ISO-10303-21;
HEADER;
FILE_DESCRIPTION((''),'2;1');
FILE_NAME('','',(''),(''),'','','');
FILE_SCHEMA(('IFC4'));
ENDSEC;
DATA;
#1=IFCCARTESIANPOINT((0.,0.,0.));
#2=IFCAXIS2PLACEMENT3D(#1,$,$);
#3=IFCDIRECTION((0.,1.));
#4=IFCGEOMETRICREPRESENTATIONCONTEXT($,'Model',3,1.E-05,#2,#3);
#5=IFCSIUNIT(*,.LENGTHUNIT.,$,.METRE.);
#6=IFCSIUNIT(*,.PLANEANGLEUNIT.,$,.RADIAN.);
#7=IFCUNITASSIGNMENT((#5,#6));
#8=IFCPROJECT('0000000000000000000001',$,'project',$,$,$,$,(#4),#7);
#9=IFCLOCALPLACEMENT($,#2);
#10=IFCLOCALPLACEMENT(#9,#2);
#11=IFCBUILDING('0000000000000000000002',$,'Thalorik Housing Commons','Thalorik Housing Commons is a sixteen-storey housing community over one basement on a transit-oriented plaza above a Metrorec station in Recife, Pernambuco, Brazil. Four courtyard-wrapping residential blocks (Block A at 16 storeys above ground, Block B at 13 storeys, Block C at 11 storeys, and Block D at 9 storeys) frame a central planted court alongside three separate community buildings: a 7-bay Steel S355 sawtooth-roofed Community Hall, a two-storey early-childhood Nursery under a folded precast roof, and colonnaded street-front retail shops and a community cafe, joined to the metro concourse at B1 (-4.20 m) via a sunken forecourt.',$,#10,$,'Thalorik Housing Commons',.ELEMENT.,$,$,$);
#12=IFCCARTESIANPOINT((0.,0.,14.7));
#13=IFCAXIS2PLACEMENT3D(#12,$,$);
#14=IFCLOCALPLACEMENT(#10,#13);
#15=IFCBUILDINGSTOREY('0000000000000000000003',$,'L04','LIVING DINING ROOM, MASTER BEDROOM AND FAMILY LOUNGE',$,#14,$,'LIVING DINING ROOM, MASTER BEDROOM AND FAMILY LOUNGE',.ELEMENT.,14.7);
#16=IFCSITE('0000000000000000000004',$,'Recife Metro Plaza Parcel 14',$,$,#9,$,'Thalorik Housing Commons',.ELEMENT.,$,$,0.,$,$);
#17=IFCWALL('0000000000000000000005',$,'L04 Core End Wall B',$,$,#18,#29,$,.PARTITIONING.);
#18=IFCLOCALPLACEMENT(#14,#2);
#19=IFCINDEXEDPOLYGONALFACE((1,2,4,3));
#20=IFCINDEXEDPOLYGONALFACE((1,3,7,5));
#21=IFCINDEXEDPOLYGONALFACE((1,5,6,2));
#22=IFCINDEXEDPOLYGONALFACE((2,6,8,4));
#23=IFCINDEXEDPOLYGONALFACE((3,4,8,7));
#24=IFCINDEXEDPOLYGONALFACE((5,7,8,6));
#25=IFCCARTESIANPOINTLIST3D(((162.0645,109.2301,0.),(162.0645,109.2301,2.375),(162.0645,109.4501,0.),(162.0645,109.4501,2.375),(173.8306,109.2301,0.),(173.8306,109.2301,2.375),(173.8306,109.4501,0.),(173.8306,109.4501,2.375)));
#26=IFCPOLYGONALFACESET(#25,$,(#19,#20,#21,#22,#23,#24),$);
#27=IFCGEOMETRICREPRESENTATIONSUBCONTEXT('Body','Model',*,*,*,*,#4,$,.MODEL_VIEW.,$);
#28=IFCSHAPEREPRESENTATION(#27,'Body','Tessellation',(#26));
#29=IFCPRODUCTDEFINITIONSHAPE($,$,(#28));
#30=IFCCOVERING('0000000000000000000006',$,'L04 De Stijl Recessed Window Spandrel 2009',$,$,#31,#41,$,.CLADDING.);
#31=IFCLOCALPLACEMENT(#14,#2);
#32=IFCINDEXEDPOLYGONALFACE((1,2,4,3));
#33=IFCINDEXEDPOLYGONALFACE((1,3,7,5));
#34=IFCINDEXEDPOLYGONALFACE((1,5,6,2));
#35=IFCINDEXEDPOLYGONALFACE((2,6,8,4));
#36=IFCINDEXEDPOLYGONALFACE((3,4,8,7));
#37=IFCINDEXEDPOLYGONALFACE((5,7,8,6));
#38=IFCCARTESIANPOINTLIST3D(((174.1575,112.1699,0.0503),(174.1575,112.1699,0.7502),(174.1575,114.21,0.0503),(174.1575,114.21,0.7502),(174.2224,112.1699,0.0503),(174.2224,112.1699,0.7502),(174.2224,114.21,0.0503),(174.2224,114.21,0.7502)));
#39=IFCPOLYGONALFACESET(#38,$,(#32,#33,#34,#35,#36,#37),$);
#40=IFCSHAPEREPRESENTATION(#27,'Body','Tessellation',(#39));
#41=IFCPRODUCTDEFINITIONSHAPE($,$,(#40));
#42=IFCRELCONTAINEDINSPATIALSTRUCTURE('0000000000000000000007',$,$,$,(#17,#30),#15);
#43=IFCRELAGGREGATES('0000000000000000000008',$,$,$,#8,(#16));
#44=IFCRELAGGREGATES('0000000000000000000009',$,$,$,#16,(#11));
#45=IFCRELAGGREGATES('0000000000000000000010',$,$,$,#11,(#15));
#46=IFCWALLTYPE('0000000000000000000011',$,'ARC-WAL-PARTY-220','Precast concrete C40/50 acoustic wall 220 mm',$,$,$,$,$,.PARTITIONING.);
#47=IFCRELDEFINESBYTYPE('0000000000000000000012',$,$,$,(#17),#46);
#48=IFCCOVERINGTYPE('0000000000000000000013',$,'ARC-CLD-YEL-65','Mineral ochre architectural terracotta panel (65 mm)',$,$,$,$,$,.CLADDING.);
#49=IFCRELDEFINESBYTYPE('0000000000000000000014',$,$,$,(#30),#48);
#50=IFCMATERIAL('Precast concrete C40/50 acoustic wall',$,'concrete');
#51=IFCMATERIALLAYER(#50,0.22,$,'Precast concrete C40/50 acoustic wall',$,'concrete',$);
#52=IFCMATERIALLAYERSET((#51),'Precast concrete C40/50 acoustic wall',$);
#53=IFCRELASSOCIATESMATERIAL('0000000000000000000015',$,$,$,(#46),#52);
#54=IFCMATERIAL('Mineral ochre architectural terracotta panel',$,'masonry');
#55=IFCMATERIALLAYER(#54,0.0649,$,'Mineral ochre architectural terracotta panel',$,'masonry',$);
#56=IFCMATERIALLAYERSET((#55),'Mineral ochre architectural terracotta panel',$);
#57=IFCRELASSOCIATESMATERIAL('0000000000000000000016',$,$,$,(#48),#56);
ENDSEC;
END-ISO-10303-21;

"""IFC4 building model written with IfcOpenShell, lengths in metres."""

from ifc_helpers import new_model, si_unit, direction, frame, frame_2d, origin, origin_2d, place, context, subcontext, project, spatial, rectangle, extrude, material, layer, layer_set, type_object, element, save


model = new_model("IFC4")

# Units and contexts
model_context = context("Model", 3, precision=1e-05, world=origin(), true_north=direction((0.0, 1.0)))
body_context = subcontext(model_context, "Body", "Model", "MODEL_VIEW")
ifc_project = project(units=[si_unit("LENGTHUNIT", "METRE"), si_unit("PLANEANGLEUNIT", "RADIAN")], contexts=[model_context])

# Site, building, storey
site_placement = place(None, origin())
site = spatial("IfcSite", under=ifc_project, at=site_placement, Name="Recife Metro Plaza Parcel 14", LongName="Thalorik Housing Commons", CompositionType="ELEMENT", RefElevation=0.0)
building_placement = place(site_placement, origin())
building = spatial("IfcBuilding", under=site, at=building_placement, Name="Thalorik Housing Commons", Description="Thalorik Housing Commons is a sixteen-storey housing community over one basement on a transit-oriented plaza above a Metrorec station in Recife, Pernambuco, Brazil. Four courtyard-wrapping residential blocks (Block A at 16 storeys above ground, Block B at 13 storeys, Block C at 11 storeys, and Block D at 9 storeys) frame a central planted court alongside three separate community buildings: a 7-bay Steel S355 sawtooth-roofed Community Hall, a two-storey early-childhood Nursery under a folded precast roof, and colonnaded street-front retail shops and a community cafe, joined to the metro concourse at B1 (-4.20 m) via a sunken forecourt.", LongName="Thalorik Housing Commons", CompositionType="ELEMENT")
storey_placement = place(building_placement, frame((0.0, 0.0, 14.7)))
storey = spatial("IfcBuildingStorey", under=building, at=storey_placement, Name="L04", Description="LIVING DINING ROOM, MASTER BEDROOM AND FAMILY LOUNGE", LongName="LIVING DINING ROOM, MASTER BEDROOM AND FAMILY LOUNGE", CompositionType="ELEMENT", Elevation=14.7)

# Wall
ifc_material_1 = material(Name="Precast concrete C40/50 acoustic wall", Category="concrete")
ifc_layer_1 = layer(ifc_material_1, 0.22, Name="Precast concrete C40/50 acoustic wall", Category="concrete")
ifc_layer_set_1 = layer_set([ifc_layer_1], Name="Precast concrete C40/50 acoustic wall")
wall_type_1 = type_object("IfcWallType", Name="ARC-WAL-PARTY-220", Description="Precast concrete C40/50 acoustic wall 220 mm", PredefinedType="PARTITIONING", material=ifc_layer_set_1)
wall_1_placement = place(storey_placement, frame((162.0645, 109.3401, 0.0), z_axis=(0.0, 0.0, 1.0), x_axis=(1.0, 0.0, 0.0)))
element("IfcWall", 1, at=wall_1_placement, inside=storey, type_object=wall_type_1, Name="L04 Core End Wall B", PredefinedType="PARTITIONING", context=body_context, shape_type="SweptSolid", body=[
    extrude(rectangle(XDim=11.7661, YDim=0.22, at=frame_2d((5.8831, 0.0))), origin(), (0.0, 0.0, 1.0), 2.375),
])

# Covering
ifc_material_2 = material(Name="Mineral ochre architectural terracotta panel", Category="masonry")
ifc_layer_2 = layer(ifc_material_2, 0.0649, Name="Mineral ochre architectural terracotta panel", Category="masonry")
ifc_layer_set_2 = layer_set([ifc_layer_2], Name="Mineral ochre architectural terracotta panel")
covering_type_1 = type_object("IfcCoveringType", Name="ARC-CLD-YEL-65", Description="Mineral ochre architectural terracotta panel (65 mm)", PredefinedType="CLADDING", material=ifc_layer_set_2)
covering_1_placement = place(storey_placement, frame((174.1899, 113.1899, 0.0503), z_axis=(0.0, 0.0, 1.0), x_axis=(0.0, 1.0, 0.0)))
element("IfcCovering", 2, at=covering_1_placement, inside=storey, type_object=covering_type_1, Name="L04 De Stijl Recessed Window Spandrel 2009", PredefinedType="CLADDING", context=body_context, shape_type="SweptSolid", body=[
    extrude(rectangle(XDim=2.04, YDim=0.0649, at=origin_2d()), origin(), (0.0, 0.0, 1.0), 0.7),
])

save(model, "model.ifc")
